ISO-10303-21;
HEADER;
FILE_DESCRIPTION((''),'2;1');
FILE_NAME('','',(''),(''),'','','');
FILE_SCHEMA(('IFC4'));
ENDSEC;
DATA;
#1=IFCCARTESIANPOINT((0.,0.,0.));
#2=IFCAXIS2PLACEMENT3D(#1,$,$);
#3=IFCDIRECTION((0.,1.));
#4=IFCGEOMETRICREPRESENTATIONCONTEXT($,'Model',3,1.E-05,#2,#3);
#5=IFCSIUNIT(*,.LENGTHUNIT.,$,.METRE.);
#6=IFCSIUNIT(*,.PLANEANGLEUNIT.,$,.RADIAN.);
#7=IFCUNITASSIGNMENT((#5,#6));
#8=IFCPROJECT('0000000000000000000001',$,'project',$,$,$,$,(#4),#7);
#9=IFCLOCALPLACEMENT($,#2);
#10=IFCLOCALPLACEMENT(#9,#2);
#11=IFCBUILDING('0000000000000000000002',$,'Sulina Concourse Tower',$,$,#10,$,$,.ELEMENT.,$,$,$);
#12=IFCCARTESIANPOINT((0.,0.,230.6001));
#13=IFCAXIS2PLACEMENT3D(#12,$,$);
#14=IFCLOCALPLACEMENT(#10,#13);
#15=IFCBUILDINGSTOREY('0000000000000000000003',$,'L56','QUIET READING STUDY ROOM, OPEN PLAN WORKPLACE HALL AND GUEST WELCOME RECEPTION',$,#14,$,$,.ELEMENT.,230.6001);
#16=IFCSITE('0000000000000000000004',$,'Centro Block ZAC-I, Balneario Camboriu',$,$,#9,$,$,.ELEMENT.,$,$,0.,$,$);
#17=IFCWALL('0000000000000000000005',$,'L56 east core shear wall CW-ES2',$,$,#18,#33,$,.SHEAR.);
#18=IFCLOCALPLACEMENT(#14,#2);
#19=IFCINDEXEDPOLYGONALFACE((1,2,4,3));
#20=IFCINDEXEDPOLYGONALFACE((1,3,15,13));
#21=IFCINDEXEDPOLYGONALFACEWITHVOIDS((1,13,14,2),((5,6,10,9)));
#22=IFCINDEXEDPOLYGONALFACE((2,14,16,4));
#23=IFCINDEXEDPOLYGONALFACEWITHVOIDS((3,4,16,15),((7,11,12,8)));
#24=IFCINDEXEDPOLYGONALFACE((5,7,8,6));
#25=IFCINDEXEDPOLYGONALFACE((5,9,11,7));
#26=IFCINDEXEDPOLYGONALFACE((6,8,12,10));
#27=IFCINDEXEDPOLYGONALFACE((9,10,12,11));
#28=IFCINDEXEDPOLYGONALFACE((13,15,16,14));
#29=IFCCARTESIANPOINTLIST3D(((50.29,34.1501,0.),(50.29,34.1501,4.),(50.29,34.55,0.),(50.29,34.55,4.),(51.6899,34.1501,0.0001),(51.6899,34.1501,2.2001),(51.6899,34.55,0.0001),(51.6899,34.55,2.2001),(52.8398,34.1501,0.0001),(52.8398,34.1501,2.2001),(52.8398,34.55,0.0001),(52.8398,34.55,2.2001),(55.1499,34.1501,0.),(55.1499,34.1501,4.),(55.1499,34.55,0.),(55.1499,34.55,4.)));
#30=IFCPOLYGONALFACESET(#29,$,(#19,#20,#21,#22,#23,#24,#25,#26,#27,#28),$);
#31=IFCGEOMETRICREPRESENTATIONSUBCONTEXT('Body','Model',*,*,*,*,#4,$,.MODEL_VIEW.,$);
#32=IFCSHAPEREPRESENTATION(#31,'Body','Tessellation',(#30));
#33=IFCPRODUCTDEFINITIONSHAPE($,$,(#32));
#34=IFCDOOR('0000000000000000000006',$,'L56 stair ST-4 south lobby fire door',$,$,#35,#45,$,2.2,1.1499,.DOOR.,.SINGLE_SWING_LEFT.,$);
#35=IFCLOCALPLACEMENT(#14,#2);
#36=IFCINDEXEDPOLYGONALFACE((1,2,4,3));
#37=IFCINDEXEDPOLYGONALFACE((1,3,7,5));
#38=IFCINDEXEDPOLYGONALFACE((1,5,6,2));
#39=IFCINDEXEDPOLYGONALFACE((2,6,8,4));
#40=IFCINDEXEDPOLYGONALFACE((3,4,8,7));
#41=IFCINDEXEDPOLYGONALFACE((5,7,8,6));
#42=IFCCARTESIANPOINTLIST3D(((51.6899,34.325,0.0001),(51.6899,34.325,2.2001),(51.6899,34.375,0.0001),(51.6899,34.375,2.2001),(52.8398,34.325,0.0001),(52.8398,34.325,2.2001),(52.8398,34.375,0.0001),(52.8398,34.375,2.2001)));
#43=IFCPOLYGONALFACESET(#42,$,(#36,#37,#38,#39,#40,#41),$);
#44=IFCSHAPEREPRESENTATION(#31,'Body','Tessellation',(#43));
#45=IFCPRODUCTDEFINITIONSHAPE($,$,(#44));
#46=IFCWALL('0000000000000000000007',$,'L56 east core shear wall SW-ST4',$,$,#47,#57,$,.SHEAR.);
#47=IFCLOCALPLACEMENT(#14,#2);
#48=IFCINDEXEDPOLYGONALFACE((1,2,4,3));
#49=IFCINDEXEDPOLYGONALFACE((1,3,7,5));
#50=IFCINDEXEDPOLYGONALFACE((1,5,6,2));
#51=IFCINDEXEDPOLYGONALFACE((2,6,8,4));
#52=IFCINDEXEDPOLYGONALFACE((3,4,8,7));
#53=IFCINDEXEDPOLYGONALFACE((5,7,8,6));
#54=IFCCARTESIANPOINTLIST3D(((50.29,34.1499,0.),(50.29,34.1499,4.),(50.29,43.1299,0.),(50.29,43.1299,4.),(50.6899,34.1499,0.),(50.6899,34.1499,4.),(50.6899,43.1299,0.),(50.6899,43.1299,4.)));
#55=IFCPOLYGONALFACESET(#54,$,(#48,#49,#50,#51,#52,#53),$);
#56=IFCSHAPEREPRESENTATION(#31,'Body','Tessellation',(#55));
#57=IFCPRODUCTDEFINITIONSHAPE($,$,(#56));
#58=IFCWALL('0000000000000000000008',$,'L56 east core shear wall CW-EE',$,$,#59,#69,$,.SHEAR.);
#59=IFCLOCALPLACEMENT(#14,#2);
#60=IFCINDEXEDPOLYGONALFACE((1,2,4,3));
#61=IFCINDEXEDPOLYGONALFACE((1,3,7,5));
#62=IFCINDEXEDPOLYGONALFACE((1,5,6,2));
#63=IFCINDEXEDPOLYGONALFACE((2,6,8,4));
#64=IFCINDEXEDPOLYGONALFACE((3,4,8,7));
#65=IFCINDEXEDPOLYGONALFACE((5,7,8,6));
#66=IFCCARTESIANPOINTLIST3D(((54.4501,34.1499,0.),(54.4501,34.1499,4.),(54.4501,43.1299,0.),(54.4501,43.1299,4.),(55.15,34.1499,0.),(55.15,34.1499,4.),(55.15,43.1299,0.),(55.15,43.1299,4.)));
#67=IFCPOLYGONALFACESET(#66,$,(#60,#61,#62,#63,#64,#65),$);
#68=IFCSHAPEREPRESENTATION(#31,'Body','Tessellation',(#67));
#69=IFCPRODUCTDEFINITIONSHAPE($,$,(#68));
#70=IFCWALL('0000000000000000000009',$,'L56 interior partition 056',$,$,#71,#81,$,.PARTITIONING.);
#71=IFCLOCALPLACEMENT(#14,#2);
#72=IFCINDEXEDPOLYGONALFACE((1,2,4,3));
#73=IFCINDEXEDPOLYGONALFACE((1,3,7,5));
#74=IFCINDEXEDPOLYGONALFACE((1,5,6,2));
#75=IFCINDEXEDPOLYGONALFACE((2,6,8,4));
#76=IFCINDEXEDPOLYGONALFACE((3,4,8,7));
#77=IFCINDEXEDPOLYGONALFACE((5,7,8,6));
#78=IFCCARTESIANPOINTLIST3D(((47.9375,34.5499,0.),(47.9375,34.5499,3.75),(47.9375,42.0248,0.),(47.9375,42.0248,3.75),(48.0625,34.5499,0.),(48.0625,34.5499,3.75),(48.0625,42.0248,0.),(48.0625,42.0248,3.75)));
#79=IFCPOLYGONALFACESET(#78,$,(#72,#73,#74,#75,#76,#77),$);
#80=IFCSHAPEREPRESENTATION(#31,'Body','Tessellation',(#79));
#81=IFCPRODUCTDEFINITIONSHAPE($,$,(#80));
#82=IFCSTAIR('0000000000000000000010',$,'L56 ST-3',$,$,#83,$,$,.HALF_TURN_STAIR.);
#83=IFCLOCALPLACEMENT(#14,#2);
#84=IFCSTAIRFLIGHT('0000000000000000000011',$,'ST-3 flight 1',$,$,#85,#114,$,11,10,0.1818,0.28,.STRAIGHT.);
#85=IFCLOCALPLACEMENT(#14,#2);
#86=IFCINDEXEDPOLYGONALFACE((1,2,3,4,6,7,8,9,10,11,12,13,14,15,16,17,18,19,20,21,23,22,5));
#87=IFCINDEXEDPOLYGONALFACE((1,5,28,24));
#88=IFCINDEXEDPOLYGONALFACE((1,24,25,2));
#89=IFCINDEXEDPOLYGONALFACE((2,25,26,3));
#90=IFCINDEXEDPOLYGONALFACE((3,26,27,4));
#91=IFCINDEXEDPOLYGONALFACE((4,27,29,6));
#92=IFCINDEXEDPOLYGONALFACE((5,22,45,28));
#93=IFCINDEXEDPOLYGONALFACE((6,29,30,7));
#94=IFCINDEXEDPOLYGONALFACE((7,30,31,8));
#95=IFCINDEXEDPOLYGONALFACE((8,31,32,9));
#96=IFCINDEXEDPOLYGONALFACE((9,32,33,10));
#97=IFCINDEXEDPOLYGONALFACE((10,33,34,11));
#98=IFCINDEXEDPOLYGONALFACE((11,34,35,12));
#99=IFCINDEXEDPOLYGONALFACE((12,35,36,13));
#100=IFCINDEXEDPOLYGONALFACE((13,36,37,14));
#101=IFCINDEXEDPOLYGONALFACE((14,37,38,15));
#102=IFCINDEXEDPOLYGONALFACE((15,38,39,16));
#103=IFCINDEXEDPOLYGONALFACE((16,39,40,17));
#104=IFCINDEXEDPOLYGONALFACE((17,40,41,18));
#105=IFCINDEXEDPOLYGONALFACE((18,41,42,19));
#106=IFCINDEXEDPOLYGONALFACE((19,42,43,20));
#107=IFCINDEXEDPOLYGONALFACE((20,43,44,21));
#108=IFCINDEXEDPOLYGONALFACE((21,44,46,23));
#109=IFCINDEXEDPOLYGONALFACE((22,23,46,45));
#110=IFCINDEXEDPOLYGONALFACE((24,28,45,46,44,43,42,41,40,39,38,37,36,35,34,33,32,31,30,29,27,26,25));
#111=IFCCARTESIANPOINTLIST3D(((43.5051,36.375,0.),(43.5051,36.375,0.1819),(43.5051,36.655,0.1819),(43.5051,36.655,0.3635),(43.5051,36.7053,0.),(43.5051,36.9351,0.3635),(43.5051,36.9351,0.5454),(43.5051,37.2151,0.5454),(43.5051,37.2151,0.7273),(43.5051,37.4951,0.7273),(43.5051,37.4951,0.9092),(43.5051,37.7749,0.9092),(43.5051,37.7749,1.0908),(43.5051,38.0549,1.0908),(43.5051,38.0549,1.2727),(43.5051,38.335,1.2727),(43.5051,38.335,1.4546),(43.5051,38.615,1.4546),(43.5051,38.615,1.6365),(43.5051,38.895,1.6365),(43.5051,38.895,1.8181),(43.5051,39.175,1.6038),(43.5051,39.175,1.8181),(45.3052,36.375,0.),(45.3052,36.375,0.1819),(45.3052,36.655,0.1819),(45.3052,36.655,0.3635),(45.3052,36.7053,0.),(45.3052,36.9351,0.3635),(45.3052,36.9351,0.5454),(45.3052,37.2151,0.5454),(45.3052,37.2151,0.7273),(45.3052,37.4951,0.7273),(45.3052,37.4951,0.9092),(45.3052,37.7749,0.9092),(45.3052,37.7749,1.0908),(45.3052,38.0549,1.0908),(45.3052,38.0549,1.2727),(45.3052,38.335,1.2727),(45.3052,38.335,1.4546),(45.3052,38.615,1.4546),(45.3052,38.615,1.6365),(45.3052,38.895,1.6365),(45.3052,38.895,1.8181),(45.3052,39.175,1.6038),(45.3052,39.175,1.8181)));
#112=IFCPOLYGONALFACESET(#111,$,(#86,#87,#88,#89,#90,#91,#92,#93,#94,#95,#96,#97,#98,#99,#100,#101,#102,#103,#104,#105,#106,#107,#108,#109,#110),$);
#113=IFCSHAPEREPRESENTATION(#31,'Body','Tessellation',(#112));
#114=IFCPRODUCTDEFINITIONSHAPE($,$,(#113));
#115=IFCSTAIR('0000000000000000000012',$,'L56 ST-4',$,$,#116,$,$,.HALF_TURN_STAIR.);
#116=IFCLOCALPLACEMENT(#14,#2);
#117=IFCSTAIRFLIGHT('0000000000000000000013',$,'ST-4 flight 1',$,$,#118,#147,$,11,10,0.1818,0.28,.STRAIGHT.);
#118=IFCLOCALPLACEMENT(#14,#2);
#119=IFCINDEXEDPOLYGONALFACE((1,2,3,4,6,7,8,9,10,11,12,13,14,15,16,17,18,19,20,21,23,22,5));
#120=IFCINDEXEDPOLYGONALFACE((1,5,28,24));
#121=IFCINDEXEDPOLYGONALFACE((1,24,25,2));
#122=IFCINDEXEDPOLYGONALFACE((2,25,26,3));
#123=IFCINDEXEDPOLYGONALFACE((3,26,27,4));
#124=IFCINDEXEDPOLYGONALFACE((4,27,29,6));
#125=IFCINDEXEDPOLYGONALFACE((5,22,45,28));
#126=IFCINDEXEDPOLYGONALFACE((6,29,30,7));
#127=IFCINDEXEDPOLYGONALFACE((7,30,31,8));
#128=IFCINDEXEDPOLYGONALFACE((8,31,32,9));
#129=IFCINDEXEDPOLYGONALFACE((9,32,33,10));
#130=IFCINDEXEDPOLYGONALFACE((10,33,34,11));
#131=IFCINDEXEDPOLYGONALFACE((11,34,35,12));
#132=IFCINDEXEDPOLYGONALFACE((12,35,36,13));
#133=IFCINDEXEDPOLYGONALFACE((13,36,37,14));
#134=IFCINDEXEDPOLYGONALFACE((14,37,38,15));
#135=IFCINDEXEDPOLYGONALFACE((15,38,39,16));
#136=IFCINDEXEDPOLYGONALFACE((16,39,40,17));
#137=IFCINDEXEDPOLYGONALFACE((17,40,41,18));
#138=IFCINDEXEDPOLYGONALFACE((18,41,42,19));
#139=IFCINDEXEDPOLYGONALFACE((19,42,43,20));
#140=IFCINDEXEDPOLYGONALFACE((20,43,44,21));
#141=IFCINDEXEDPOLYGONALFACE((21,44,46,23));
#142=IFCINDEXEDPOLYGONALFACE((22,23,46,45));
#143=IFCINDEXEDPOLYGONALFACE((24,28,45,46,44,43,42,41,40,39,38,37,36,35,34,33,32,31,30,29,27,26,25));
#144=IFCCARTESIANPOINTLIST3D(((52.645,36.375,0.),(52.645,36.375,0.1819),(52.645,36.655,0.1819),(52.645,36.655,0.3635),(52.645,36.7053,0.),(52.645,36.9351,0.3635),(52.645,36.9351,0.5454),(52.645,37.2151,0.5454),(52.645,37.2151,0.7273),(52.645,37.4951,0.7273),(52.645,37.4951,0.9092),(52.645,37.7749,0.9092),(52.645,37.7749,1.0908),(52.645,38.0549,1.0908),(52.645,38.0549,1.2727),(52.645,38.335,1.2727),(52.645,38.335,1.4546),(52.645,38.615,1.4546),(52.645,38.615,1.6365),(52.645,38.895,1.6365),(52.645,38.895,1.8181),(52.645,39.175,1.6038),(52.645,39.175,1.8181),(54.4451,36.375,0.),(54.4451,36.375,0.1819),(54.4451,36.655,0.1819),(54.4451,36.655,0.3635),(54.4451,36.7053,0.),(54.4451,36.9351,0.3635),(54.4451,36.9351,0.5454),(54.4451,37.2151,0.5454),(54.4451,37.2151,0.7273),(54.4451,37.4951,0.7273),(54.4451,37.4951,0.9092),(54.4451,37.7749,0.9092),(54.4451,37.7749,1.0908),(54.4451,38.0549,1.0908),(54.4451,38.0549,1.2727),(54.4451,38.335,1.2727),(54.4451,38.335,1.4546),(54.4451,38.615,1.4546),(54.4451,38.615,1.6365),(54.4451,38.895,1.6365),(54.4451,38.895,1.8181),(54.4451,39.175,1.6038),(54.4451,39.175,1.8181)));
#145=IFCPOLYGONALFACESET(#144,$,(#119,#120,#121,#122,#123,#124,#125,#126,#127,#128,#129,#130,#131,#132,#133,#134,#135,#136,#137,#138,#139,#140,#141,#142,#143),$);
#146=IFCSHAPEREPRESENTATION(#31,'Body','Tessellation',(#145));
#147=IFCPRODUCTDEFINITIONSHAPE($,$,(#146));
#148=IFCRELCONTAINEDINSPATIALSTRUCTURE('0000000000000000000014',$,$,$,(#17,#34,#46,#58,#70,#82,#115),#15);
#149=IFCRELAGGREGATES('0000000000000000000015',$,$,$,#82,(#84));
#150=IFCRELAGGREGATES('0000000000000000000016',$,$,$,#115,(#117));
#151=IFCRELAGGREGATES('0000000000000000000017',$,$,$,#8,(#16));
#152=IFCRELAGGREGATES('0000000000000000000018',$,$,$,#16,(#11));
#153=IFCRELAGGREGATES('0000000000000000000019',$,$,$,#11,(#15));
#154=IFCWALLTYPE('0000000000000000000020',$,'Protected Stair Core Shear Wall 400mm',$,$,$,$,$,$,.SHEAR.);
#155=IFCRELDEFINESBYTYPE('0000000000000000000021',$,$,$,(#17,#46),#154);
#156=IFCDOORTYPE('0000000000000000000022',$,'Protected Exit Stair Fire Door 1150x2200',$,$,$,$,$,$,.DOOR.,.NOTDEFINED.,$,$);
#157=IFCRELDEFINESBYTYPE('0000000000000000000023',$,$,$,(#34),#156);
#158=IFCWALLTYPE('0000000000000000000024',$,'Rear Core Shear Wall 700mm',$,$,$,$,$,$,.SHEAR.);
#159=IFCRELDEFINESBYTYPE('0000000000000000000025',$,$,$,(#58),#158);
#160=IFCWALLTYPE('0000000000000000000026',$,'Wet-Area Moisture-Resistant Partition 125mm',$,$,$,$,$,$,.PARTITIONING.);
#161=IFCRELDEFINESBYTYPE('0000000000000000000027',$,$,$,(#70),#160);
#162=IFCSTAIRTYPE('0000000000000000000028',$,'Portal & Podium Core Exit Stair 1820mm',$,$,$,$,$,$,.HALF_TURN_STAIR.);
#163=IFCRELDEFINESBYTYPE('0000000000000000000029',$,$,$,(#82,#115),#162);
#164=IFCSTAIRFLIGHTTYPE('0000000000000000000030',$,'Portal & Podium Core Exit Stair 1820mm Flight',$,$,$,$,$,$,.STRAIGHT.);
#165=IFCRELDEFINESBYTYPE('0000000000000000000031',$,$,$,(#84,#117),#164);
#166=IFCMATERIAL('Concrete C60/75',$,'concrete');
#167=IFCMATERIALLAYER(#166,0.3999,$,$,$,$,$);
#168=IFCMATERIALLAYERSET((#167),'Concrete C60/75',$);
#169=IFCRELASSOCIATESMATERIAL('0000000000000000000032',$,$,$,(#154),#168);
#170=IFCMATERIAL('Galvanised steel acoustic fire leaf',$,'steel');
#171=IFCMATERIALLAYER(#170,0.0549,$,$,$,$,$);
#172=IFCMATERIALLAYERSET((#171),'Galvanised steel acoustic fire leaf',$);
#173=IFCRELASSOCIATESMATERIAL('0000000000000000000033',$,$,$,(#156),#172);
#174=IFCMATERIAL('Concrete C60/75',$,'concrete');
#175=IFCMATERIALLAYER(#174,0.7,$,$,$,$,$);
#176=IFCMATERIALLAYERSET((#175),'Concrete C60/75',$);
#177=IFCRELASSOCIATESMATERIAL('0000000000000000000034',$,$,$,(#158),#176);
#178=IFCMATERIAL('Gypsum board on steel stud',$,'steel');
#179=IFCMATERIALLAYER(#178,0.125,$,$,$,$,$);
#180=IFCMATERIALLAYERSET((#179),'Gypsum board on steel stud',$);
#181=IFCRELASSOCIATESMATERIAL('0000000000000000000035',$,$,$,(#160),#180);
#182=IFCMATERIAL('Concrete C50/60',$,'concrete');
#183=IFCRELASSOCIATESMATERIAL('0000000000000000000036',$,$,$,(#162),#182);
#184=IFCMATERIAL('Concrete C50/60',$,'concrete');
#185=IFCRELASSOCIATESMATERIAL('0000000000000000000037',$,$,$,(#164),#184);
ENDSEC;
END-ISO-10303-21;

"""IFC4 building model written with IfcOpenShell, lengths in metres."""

from ifc_helpers import new_model, si_unit, direction, frame, frame_2d, origin, place, context, subcontext, project, spatial, polyline, rectangle, outline, extrude, material, layer, layer_set, type_object, element, fill, aggregate, save


model = new_model("IFC4")

# Units and contexts
model_context = context("Model", 3, precision=1e-05, world=origin(), true_north=direction((0.0, 1.0)))
body_context = subcontext(model_context, "Body", "Model", "MODEL_VIEW")
ifc_project = project(units=[si_unit("LENGTHUNIT", "METRE"), si_unit("PLANEANGLEUNIT", "RADIAN")], contexts=[model_context])

# Site, building, storey
site_placement = place(None, origin())
site = spatial("IfcSite", under=ifc_project, at=site_placement, Name="Centro Block ZAC-I, Balneario Camboriu", CompositionType="ELEMENT", RefElevation=0.0)
building_placement = place(site_placement, origin())
building = spatial("IfcBuilding", under=site, at=building_placement, Name="Sulina Concourse Tower", CompositionType="ELEMENT")
storey_placement = place(building_placement, frame((0.0, 0.0, 230.6001)))
storey = spatial("IfcBuildingStorey", under=building, at=storey_placement, Name="L56", Description="QUIET READING STUDY ROOM, OPEN PLAN WORKPLACE HALL AND GUEST WELCOME RECEPTION", CompositionType="ELEMENT", Elevation=230.6001)

# Shared definitions
ifc_material_1 = material(Name="Concrete C60/75", Category="concrete")
ifc_layer_1 = layer(ifc_material_1, 0.3999)
ifc_layer_set_1 = layer_set([ifc_layer_1], Name="Concrete C60/75")
wall_type_1 = type_object("IfcWallType", Name="Protected Stair Core Shear Wall 400mm", PredefinedType="SHEAR", material=ifc_layer_set_1)

# Wall, opening, door
wall_1_placement = place(storey_placement, frame((50.29, 34.3501, 0.0), z_axis=(0.0, 0.0, 1.0), x_axis=(1.0, 0.0, 0.0)))
wall_1 = element("IfcWall", 1, at=wall_1_placement, inside=storey, type_object=wall_type_1, Name="L56 east core shear wall CW-ES2", PredefinedType="SHEAR", context=body_context, shape_type="SweptSolid", body=[
    extrude(rectangle(XDim=4.8599, YDim=0.3999, at=frame_2d((2.4299, 0.0))), origin(), (0.0, 0.0, 1.0), 4.0),
])
opening_1_placement = place(wall_1_placement, frame((1.3999, 0.0, 0.0)))
opening_1 = element("IfcOpeningElement", 2, at=opening_1_placement, cuts=wall_1, PredefinedType="OPENING", context=body_context, shape_type="SweptSolid", body=[
    extrude(rectangle(XDim=1.1499, YDim=2.2, at=frame_2d((0.575, 1.1001))), frame((0.0, 0.21, 0.0), z_axis=(0.0, -1.0, 0.0), x_axis=(1.0, 0.0, 0.0)), (0.0, 0.0, 1.0), 0.4199),
])
ifc_material_2 = material(Name="Galvanised steel acoustic fire leaf", Category="steel")
ifc_layer_2 = layer(ifc_material_2, 0.0549)
ifc_layer_set_2 = layer_set([ifc_layer_2], Name="Galvanised steel acoustic fire leaf")
door_type_1 = type_object("IfcDoorType", Name="Protected Exit Stair Fire Door 1150x2200", OperationType="NOTDEFINED", PredefinedType="DOOR", material=ifc_layer_set_2)
door_1_placement = place(opening_1_placement, origin())
door_1 = element("IfcDoor", 3, at=door_1_placement, inside=storey, type_object=door_type_1, Name="L56 stair ST-4 south lobby fire door", OperationType="SINGLE_SWING_LEFT", OverallHeight=2.2, OverallWidth=1.1499, PredefinedType="DOOR", context=body_context, shape_type="SweptSolid", body=[
    extrude(rectangle(XDim=1.1499, YDim=2.2, at=frame_2d((0.575, 1.1001))), frame((0.0, 0.0249, 0.0), z_axis=(0.0, -1.0, 0.0), x_axis=(1.0, 0.0, 0.0)), (0.0, 0.0, 1.0), 0.05),
])
fill(opening_1, door_1)

# Walls
wall_2_placement = place(storey_placement, frame((50.49, 34.1499, 0.0), z_axis=(0.0, 0.0, 1.0), x_axis=(0.0, 1.0, 0.0)))
element("IfcWall", 4, at=wall_2_placement, inside=storey, type_object=wall_type_1, Name="L56 east core shear wall SW-ST4", PredefinedType="SHEAR", context=body_context, shape_type="SweptSolid", body=[
    extrude(rectangle(XDim=8.98, YDim=0.3999, at=frame_2d((4.49, 0.0))), origin(), (0.0, 0.0, 1.0), 4.0),
])
ifc_material_3 = material(Name="Concrete C60/75", Category="concrete")
ifc_layer_3 = layer(ifc_material_3, 0.7)
ifc_layer_set_3 = layer_set([ifc_layer_3], Name="Concrete C60/75")
wall_type_2 = type_object("IfcWallType", Name="Rear Core Shear Wall 700mm", PredefinedType="SHEAR", material=ifc_layer_set_3)
wall_3_placement = place(storey_placement, frame((54.8, 34.1499, 0.0), z_axis=(0.0, 0.0, 1.0), x_axis=(0.0, 1.0, 0.0)))
element("IfcWall", 5, at=wall_3_placement, inside=storey, type_object=wall_type_2, Name="L56 east core shear wall CW-EE", PredefinedType="SHEAR", context=body_context, shape_type="SweptSolid", body=[
    extrude(rectangle(XDim=8.98, YDim=0.7, at=frame_2d((4.49, 0.0))), origin(), (0.0, 0.0, 1.0), 4.0),
])
ifc_material_4 = material(Name="Gypsum board on steel stud", Category="steel")
ifc_layer_4 = layer(ifc_material_4, 0.125)
ifc_layer_set_4 = layer_set([ifc_layer_4], Name="Gypsum board on steel stud")
wall_type_3 = type_object("IfcWallType", Name="Wet-Area Moisture-Resistant Partition 125mm", PredefinedType="PARTITIONING", material=ifc_layer_set_4)
wall_4_placement = place(storey_placement, frame((48.0, 34.55, 0.0), z_axis=(0.0, 0.0, 1.0), x_axis=(0.0, 1.0, 0.0)))
element("IfcWall", 6, at=wall_4_placement, inside=storey, type_object=wall_type_3, Name="L56 interior partition 056", PredefinedType="PARTITIONING", context=body_context, shape_type="SweptSolid", body=[
    extrude(rectangle(XDim=7.4749, YDim=0.125, at=frame_2d((3.7373, 0.0))), origin(), (0.0, 0.0, 1.0), 3.75),
])

# Stairs, stair flights
ifc_material_5 = material(Name="Concrete C50/60", Category="concrete")
stair_type = type_object("IfcStairType", Name="Portal & Podium Core Exit Stair 1820mm", PredefinedType="HALF_TURN_STAIR", material=ifc_material_5)
stair_1_placement = place(storey_placement, origin())
stair_1 = element("IfcStair", 7, at=stair_1_placement, inside=storey, type_object=stair_type, Name="L56 ST-3", PredefinedType="HALF_TURN_STAIR")
ifc_material_6 = material(Name="Concrete C50/60", Category="concrete")
stair_flight_type = type_object("IfcStairFlightType", Name="Portal & Podium Core Exit Stair 1820mm Flight", PredefinedType="STRAIGHT", material=ifc_material_6)
stair_flight_1_placement = place(storey_placement, frame((44.405, 36.375, 0.0), z_axis=(0.0, 0.0, 1.0), x_axis=(0.0, 1.0, 0.0)))
stair_flight_1 = element("IfcStairFlight", 8, at=stair_flight_1_placement, type_object=stair_flight_type, Name="ST-3 flight 1", NumberOfRisers=11, NumberOfTreads=10, PredefinedType="STRAIGHT", RiserHeight=0.1818, TreadLength=0.28, context=body_context, shape_type="SweptSolid", body=[
    extrude(outline(polyline([(0.0, 0.0), (0.0, 0.1819), (0.28, 0.1819), (0.28, 0.3635), (0.5601, 0.3635), (0.5601, 0.5454), (0.8401, 0.5454), (0.8401, 0.7273), (1.1201, 0.7273), (1.1201, 0.9092), (1.3999, 0.9092), (1.3999, 1.0908), (1.6799, 1.0908), (1.6799, 1.2727), (1.96, 1.2727), (1.96, 1.4546), (2.24, 1.4546), (2.24, 1.6365), (2.52, 1.6365), (2.52, 1.8181), (2.8, 1.8181), (2.8, 2.0), (2.8, 1.6038), (0.3303, 0.0), (0.0, 0.0)])), frame((0.0, 0.8999, 0.0), z_axis=(0.0, -1.0, 0.0), x_axis=(1.0, 0.0, 0.0)), (0.0, 0.0, 1.0), 1.8),
])
aggregate(stair_1, [stair_flight_1])
stair_2_placement = place(storey_placement, origin())
stair_2 = element("IfcStair", 9, at=stair_2_placement, inside=storey, type_object=stair_type, Name="L56 ST-4", PredefinedType="HALF_TURN_STAIR")
stair_flight_2_placement = place(storey_placement, frame((53.5449, 36.375, 0.0), z_axis=(0.0, 0.0, 1.0), x_axis=(0.0, 1.0, 0.0)))
stair_flight_2 = element("IfcStairFlight", 10, at=stair_flight_2_placement, type_object=stair_flight_type, Name="ST-4 flight 1", NumberOfRisers=11, NumberOfTreads=10, PredefinedType="STRAIGHT", RiserHeight=0.1818, TreadLength=0.28, context=body_context, shape_type="SweptSolid", body=[
    extrude(outline(polyline([(0.0, 0.0), (0.0, 0.1819), (0.28, 0.1819), (0.28, 0.3635), (0.5601, 0.3635), (0.5601, 0.5454), (0.8401, 0.5454), (0.8401, 0.7273), (1.1201, 0.7273), (1.1201, 0.9092), (1.3999, 0.9092), (1.3999, 1.0908), (1.6799, 1.0908), (1.6799, 1.2727), (1.96, 1.2727), (1.96, 1.4546), (2.24, 1.4546), (2.24, 1.6365), (2.52, 1.6365), (2.52, 1.8181), (2.8, 1.8181), (2.8, 2.0), (2.8, 1.6038), (0.3303, 0.0), (0.0, 0.0)])), frame((0.0, 0.8999, 0.0), z_axis=(0.0, -1.0, 0.0), x_axis=(1.0, 0.0, 0.0)), (0.0, 0.0, 1.0), 1.8),
])
aggregate(stair_2, [stair_flight_2])

save(model, "model.ifc")
